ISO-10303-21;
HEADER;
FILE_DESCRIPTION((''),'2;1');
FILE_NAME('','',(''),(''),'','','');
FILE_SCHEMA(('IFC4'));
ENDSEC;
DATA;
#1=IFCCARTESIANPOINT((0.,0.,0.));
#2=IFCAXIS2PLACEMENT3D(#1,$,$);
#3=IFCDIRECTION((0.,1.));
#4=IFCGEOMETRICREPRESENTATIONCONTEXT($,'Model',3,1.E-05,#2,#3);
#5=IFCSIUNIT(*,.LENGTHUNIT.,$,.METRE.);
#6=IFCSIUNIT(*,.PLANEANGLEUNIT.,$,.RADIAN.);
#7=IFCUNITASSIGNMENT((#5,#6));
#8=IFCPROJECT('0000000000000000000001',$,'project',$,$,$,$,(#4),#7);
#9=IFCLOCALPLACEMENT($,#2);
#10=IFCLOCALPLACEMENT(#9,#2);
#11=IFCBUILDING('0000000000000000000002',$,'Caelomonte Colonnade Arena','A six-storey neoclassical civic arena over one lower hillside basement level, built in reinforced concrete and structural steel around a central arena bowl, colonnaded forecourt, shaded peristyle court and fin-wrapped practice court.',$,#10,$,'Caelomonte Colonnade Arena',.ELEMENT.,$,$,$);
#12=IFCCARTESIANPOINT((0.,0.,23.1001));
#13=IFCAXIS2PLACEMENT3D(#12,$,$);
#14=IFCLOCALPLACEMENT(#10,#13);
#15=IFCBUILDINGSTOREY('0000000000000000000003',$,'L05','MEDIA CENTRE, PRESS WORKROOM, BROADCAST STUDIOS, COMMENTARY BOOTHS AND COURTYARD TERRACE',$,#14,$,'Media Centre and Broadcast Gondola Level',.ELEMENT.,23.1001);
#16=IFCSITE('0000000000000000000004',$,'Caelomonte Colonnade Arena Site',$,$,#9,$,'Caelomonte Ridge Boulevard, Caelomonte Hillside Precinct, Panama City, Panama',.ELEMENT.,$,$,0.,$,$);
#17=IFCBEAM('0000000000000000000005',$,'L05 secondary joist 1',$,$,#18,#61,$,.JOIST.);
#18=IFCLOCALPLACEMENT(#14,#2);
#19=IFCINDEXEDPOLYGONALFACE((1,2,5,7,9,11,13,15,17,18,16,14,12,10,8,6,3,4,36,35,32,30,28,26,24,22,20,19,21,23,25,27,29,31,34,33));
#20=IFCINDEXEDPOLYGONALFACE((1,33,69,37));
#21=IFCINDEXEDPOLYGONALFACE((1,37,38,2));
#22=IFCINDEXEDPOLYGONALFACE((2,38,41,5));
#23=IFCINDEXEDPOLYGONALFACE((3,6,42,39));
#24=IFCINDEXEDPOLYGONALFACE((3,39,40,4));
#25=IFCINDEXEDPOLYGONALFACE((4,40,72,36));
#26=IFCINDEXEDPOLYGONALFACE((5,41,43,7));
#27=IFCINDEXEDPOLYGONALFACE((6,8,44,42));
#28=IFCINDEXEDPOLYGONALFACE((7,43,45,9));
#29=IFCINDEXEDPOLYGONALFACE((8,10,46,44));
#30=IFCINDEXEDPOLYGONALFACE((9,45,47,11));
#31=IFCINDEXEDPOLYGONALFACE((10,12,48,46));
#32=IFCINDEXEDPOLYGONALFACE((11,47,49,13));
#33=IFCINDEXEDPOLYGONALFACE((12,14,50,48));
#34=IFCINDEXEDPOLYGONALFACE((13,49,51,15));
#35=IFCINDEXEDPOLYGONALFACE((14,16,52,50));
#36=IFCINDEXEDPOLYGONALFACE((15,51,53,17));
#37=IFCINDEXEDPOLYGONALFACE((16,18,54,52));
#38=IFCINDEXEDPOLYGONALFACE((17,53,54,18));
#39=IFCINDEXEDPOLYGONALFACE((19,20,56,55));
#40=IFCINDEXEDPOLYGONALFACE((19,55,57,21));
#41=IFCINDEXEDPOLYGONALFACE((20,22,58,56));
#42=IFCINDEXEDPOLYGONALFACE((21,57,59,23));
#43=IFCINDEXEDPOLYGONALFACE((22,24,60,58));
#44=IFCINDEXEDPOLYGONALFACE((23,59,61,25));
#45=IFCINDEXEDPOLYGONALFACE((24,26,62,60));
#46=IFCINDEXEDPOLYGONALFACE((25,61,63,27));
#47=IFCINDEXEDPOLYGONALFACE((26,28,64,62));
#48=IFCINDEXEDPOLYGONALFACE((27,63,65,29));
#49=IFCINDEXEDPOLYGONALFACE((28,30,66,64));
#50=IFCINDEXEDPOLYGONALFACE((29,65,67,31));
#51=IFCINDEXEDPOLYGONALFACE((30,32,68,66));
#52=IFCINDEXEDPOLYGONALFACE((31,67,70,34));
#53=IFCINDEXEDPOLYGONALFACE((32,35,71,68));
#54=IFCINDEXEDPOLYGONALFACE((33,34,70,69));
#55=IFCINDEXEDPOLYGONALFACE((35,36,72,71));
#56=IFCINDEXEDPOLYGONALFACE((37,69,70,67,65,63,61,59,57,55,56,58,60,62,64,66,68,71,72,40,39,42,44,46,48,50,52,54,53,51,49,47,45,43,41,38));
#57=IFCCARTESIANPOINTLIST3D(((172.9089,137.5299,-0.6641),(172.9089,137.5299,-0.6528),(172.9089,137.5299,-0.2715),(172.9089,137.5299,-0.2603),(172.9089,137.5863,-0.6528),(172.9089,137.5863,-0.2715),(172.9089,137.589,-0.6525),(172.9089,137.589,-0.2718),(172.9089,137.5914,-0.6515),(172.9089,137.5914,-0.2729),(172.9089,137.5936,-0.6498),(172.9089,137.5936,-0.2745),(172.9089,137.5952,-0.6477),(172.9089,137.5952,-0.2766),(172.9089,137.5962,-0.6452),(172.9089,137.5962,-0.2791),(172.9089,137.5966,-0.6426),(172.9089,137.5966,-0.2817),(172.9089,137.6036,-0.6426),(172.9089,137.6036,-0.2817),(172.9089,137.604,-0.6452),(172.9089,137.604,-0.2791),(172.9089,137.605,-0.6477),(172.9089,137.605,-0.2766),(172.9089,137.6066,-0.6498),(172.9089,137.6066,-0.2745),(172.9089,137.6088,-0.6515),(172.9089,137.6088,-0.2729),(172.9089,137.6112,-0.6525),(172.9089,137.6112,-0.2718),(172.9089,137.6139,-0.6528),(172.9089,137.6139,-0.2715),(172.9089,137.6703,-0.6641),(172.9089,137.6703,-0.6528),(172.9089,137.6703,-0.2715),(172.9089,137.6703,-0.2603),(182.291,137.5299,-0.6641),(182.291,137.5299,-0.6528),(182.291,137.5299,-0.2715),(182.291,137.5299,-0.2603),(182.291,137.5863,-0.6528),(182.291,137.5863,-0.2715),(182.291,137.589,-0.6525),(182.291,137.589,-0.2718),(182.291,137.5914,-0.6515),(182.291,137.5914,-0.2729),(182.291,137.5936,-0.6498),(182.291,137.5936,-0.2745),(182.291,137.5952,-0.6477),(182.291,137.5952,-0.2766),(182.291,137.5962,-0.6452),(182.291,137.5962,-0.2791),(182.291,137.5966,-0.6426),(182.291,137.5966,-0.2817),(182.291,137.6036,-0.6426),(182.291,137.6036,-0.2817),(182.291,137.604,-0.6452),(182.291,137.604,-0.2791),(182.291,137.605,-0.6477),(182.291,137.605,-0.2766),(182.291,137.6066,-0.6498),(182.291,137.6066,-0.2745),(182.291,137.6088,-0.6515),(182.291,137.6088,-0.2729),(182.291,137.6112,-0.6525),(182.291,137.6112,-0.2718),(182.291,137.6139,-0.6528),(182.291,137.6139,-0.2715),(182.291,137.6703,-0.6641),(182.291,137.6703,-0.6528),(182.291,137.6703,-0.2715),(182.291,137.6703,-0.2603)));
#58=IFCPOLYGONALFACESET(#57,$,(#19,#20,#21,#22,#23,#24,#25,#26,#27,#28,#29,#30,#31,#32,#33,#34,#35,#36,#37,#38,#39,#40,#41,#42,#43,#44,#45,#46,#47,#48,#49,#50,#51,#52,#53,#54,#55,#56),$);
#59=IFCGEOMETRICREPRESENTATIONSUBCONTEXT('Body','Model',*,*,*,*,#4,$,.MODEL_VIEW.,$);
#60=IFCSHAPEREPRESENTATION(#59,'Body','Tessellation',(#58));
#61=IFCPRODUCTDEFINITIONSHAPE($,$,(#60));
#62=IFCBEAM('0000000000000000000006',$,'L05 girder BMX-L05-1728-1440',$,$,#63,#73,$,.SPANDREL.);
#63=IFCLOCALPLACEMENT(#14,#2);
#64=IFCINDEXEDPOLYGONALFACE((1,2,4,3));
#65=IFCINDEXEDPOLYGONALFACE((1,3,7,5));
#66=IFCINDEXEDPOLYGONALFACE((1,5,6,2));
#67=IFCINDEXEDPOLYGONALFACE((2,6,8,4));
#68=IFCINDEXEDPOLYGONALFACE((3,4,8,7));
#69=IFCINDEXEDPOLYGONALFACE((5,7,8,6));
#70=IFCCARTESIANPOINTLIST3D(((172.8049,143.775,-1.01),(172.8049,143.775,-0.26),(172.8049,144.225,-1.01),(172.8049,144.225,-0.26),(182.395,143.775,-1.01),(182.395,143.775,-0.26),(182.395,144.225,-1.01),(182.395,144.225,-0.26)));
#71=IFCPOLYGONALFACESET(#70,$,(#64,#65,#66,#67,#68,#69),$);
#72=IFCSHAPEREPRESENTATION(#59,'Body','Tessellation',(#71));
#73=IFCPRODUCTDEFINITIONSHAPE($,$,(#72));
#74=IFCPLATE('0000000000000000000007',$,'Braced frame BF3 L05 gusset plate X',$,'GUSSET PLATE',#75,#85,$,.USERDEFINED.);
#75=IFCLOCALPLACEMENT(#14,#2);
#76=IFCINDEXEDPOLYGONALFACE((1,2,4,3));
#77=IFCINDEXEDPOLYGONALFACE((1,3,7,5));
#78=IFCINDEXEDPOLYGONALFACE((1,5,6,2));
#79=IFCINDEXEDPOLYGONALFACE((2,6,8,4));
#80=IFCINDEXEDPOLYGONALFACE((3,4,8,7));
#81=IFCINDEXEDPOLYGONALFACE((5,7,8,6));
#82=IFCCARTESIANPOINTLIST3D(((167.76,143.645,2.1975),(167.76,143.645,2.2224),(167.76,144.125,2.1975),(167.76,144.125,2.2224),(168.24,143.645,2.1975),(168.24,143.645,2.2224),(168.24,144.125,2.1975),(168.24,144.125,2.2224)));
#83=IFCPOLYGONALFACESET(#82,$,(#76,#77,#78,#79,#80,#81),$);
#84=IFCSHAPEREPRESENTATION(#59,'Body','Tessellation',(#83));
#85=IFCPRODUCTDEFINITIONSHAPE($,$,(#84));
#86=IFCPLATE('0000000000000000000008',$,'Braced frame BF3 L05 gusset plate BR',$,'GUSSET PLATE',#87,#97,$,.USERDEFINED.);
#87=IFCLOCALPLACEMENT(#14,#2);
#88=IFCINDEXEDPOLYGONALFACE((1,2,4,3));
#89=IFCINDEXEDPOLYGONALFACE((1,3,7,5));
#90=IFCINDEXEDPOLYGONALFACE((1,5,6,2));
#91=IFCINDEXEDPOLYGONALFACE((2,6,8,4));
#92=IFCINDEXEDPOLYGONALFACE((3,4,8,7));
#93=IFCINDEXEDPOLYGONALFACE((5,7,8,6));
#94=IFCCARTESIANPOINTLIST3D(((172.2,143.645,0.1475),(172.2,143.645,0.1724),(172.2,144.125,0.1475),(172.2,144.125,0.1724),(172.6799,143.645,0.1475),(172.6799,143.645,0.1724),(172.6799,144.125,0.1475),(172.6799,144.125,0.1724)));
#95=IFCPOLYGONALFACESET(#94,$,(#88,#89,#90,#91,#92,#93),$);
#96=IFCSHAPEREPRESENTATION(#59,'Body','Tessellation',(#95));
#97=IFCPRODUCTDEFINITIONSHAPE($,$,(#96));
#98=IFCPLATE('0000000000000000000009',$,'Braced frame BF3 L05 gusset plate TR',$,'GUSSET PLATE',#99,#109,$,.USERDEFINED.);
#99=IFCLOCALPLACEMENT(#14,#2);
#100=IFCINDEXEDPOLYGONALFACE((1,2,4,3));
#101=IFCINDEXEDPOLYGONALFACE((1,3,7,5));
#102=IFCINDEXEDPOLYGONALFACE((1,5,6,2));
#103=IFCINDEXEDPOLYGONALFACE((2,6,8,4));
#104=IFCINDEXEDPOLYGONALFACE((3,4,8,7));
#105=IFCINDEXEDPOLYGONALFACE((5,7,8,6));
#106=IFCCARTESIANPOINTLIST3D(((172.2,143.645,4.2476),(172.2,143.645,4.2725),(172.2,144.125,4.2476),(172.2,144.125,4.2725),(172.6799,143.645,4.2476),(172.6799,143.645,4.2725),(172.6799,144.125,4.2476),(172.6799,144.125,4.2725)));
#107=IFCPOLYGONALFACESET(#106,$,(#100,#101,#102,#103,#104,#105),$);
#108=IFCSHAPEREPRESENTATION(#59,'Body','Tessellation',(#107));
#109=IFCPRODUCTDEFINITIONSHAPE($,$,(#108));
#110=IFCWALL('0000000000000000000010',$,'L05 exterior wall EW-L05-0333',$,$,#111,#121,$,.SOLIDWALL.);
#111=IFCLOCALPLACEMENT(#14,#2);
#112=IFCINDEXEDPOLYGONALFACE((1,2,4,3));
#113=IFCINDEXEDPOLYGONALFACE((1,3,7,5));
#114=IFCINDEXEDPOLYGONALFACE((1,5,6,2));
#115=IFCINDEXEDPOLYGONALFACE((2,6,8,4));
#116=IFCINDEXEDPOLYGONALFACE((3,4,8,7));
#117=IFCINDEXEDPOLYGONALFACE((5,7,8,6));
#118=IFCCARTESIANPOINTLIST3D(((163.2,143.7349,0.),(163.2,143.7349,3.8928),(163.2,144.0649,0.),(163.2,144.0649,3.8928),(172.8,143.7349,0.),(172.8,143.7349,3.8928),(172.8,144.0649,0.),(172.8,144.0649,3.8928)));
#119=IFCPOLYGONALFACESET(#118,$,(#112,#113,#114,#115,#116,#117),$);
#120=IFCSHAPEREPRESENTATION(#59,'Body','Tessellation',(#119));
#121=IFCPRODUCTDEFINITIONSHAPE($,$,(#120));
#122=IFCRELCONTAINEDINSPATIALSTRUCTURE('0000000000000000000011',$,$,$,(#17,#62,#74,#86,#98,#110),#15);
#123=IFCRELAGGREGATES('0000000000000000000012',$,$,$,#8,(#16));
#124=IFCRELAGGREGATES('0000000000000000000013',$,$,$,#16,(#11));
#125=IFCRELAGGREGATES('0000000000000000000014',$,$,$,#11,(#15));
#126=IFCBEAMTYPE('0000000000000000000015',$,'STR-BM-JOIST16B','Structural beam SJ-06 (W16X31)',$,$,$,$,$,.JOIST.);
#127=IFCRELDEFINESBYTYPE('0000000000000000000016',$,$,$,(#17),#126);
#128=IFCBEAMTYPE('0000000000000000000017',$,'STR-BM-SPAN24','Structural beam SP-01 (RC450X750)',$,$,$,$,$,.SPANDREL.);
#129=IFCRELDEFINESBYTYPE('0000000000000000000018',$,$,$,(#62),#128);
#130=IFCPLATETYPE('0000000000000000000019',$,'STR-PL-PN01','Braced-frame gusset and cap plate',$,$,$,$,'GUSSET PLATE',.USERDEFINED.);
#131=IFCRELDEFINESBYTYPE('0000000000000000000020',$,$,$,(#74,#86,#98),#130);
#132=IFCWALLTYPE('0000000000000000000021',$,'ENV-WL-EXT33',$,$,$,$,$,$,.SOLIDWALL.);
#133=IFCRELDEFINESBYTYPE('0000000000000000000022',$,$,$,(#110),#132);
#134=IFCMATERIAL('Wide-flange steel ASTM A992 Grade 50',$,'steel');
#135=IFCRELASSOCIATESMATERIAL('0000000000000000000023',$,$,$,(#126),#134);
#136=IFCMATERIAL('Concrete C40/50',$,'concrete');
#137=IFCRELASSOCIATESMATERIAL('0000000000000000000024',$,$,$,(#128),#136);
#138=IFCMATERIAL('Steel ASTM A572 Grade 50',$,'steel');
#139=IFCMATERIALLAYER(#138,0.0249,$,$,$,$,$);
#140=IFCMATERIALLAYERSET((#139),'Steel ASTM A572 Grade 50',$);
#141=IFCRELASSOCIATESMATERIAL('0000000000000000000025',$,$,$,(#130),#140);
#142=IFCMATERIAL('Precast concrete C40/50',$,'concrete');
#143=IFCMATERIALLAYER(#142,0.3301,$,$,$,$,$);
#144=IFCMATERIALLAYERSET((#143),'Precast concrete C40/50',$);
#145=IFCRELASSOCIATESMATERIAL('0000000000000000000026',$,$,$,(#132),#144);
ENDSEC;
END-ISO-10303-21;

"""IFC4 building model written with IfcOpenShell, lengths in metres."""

from ifc_helpers import new_model, si_unit, direction, frame, frame_2d, origin, origin_2d, place, context, subcontext, project, spatial, rectangle, i_section, extrude, material, layer, layer_set, material_profile, profile_set, type_object, element, save


model = new_model("IFC4")

# Units and contexts
model_context = context("Model", 3, precision=1e-05, world=origin(), true_north=direction((0.0, 1.0)))
body_context = subcontext(model_context, "Body", "Model", "MODEL_VIEW")
ifc_project = project(units=[si_unit("LENGTHUNIT", "METRE"), si_unit("PLANEANGLEUNIT", "RADIAN")], contexts=[model_context])

# Site, building, storey
site_placement = place(None, origin())
site = spatial("IfcSite", under=ifc_project, at=site_placement, Name="Caelomonte Colonnade Arena Site", LongName="Caelomonte Ridge Boulevard, Caelomonte Hillside Precinct, Panama City, Panama", CompositionType="ELEMENT", RefElevation=0.0)
building_placement = place(site_placement, origin())
building = spatial("IfcBuilding", under=site, at=building_placement, Name="Caelomonte Colonnade Arena", Description="A six-storey neoclassical civic arena over one lower hillside basement level, built in reinforced concrete and structural steel around a central arena bowl, colonnaded forecourt, shaded peristyle court and fin-wrapped practice court.", LongName="Caelomonte Colonnade Arena", CompositionType="ELEMENT")
storey_placement = place(building_placement, frame((0.0, 0.0, 23.1001)))
storey = spatial("IfcBuildingStorey", under=building, at=storey_placement, Name="L05", Description="MEDIA CENTRE, PRESS WORKROOM, BROADCAST STUDIOS, COMMENTARY BOOTHS AND COURTYARD TERRACE", LongName="Media Centre and Broadcast Gondola Level", CompositionType="ELEMENT", Elevation=23.1001)

# Shared definitions
ifc_material_1 = material(Name="Wide-flange steel ASTM A992 Grade 50", Category="steel")

# Beams
ifc_material_profile_1 = material_profile(ifc_material_1, i_section(OverallWidth=0.1404, OverallDepth=0.4038, WebThickness=0.0071, FlangeThickness=0.0112, FilletRadius=0.0103, at=origin_2d()), Name="W16X31")
ifc_profile_set_1 = profile_set([ifc_material_profile_1], Name="Wide-flange steel ASTM A992 Grade 50")
beam_type_1 = type_object("IfcBeamType", Name="STR-BM-JOIST16B", Description="Structural beam SJ-06 (W16X31)", PredefinedType="JOIST", material=ifc_profile_set_1)
for number, where, z_axis, x_axis, name in (
    (1, (172.9089, 137.6001, -0.4622), (1.0, 0.0, 0.0), (0.0, 1.0, 0.0), "L05 secondary joist 1"),
):
    element("IfcBeam", number, at=place(storey_placement, frame(where, z_axis=z_axis, x_axis=x_axis)), inside=storey, type_object=beam_type_1, Name=name, PredefinedType="JOIST", context=body_context, shape_type="SweptSolid", body=[
        extrude(i_section(OverallWidth=0.1404, OverallDepth=0.4038, WebThickness=0.0071, FlangeThickness=0.0112, FilletRadius=0.0103, at=origin_2d()), origin(), (0.0, 0.0, 1.0), 9.3821),
    ])
ifc_material_2 = material(Name="Concrete C40/50", Category="concrete")
ifc_material_profile_2 = material_profile(ifc_material_2, rectangle(XDim=0.45, YDim=0.75, at=origin_2d()), Name="RC450X750")
ifc_profile_set_2 = profile_set([ifc_material_profile_2], Name="Concrete C40/50")
beam_type_2 = type_object("IfcBeamType", Name="STR-BM-SPAN24", Description="Structural beam SP-01 (RC450X750)", PredefinedType="SPANDREL", material=ifc_profile_set_2)
beam_1_placement = place(storey_placement, frame((172.8049, 144.0, -0.635), z_axis=(1.0, 0.0, 0.0), x_axis=(0.0, 1.0, 0.0)))
element("IfcBeam", 2, at=beam_1_placement, inside=storey, type_object=beam_type_2, Name="L05 girder BMX-L05-1728-1440", PredefinedType="SPANDREL", context=body_context, shape_type="SweptSolid", body=[
    extrude(rectangle(XDim=0.45, YDim=0.75, at=origin_2d()), origin(), (0.0, 0.0, 1.0), 9.5901),
])

# Plates
ifc_material_3 = material(Name="Steel ASTM A572 Grade 50", Category="steel")
ifc_layer_1 = layer(ifc_material_3, 0.0249)
ifc_layer_set_1 = layer_set([ifc_layer_1], Name="Steel ASTM A572 Grade 50")
plate_type = type_object("IfcPlateType", Name="STR-PL-PN01", Description="Braced-frame gusset and cap plate", ElementType="GUSSET PLATE", PredefinedType="USERDEFINED", material=ifc_layer_set_1)
for number, where, z_axis, x_axis, name in (
    (3, (168.0, 143.885, 2.1975), (0.0, 0.0, 1.0), (1.0, 0.0, 0.0), "Braced frame BF3 L05 gusset plate X"),
    (4, (172.4399, 143.885, 0.1475), (0.0, 0.0, 1.0), (1.0, 0.0, 0.0), "Braced frame BF3 L05 gusset plate BR"),
    (5, (172.4399, 143.885, 4.2476), (0.0, 0.0, 1.0), (1.0, 0.0, 0.0), "Braced frame BF3 L05 gusset plate TR"),
):
    element("IfcPlate", number, at=place(storey_placement, frame(where, z_axis=z_axis, x_axis=x_axis)), inside=storey, type_object=plate_type, Name=name, ObjectType="GUSSET PLATE", PredefinedType="USERDEFINED", context=body_context, shape_type="SweptSolid", body=[
        extrude(rectangle(XDim=0.48, YDim=0.48, at=origin_2d()), origin(), (0.0, 0.0, 1.0), 0.0249),
    ])

# Wall
ifc_material_4 = material(Name="Precast concrete C40/50", Category="concrete")
ifc_layer_2 = layer(ifc_material_4, 0.3301)
ifc_layer_set_2 = layer_set([ifc_layer_2], Name="Precast concrete C40/50")
wall_type = type_object("IfcWallType", Name="ENV-WL-EXT33", PredefinedType="SOLIDWALL", material=ifc_layer_set_2)
wall_placement = place(storey_placement, frame((172.8, 143.8999, 0.0), z_axis=(0.0, 0.0, 1.0), x_axis=(-1.0, 0.0, 0.0)))
element("IfcWall", 6, at=wall_placement, inside=storey, type_object=wall_type, Name="L05 exterior wall EW-L05-0333", PredefinedType="SOLIDWALL", context=body_context, shape_type="SweptSolid", body=[
    extrude(rectangle(XDim=9.6001, YDim=0.3301, at=frame_2d((4.8, 0.0))), origin(), (0.0, 0.0, 1.0), 3.8928),
])

save(model, "model.ifc")
